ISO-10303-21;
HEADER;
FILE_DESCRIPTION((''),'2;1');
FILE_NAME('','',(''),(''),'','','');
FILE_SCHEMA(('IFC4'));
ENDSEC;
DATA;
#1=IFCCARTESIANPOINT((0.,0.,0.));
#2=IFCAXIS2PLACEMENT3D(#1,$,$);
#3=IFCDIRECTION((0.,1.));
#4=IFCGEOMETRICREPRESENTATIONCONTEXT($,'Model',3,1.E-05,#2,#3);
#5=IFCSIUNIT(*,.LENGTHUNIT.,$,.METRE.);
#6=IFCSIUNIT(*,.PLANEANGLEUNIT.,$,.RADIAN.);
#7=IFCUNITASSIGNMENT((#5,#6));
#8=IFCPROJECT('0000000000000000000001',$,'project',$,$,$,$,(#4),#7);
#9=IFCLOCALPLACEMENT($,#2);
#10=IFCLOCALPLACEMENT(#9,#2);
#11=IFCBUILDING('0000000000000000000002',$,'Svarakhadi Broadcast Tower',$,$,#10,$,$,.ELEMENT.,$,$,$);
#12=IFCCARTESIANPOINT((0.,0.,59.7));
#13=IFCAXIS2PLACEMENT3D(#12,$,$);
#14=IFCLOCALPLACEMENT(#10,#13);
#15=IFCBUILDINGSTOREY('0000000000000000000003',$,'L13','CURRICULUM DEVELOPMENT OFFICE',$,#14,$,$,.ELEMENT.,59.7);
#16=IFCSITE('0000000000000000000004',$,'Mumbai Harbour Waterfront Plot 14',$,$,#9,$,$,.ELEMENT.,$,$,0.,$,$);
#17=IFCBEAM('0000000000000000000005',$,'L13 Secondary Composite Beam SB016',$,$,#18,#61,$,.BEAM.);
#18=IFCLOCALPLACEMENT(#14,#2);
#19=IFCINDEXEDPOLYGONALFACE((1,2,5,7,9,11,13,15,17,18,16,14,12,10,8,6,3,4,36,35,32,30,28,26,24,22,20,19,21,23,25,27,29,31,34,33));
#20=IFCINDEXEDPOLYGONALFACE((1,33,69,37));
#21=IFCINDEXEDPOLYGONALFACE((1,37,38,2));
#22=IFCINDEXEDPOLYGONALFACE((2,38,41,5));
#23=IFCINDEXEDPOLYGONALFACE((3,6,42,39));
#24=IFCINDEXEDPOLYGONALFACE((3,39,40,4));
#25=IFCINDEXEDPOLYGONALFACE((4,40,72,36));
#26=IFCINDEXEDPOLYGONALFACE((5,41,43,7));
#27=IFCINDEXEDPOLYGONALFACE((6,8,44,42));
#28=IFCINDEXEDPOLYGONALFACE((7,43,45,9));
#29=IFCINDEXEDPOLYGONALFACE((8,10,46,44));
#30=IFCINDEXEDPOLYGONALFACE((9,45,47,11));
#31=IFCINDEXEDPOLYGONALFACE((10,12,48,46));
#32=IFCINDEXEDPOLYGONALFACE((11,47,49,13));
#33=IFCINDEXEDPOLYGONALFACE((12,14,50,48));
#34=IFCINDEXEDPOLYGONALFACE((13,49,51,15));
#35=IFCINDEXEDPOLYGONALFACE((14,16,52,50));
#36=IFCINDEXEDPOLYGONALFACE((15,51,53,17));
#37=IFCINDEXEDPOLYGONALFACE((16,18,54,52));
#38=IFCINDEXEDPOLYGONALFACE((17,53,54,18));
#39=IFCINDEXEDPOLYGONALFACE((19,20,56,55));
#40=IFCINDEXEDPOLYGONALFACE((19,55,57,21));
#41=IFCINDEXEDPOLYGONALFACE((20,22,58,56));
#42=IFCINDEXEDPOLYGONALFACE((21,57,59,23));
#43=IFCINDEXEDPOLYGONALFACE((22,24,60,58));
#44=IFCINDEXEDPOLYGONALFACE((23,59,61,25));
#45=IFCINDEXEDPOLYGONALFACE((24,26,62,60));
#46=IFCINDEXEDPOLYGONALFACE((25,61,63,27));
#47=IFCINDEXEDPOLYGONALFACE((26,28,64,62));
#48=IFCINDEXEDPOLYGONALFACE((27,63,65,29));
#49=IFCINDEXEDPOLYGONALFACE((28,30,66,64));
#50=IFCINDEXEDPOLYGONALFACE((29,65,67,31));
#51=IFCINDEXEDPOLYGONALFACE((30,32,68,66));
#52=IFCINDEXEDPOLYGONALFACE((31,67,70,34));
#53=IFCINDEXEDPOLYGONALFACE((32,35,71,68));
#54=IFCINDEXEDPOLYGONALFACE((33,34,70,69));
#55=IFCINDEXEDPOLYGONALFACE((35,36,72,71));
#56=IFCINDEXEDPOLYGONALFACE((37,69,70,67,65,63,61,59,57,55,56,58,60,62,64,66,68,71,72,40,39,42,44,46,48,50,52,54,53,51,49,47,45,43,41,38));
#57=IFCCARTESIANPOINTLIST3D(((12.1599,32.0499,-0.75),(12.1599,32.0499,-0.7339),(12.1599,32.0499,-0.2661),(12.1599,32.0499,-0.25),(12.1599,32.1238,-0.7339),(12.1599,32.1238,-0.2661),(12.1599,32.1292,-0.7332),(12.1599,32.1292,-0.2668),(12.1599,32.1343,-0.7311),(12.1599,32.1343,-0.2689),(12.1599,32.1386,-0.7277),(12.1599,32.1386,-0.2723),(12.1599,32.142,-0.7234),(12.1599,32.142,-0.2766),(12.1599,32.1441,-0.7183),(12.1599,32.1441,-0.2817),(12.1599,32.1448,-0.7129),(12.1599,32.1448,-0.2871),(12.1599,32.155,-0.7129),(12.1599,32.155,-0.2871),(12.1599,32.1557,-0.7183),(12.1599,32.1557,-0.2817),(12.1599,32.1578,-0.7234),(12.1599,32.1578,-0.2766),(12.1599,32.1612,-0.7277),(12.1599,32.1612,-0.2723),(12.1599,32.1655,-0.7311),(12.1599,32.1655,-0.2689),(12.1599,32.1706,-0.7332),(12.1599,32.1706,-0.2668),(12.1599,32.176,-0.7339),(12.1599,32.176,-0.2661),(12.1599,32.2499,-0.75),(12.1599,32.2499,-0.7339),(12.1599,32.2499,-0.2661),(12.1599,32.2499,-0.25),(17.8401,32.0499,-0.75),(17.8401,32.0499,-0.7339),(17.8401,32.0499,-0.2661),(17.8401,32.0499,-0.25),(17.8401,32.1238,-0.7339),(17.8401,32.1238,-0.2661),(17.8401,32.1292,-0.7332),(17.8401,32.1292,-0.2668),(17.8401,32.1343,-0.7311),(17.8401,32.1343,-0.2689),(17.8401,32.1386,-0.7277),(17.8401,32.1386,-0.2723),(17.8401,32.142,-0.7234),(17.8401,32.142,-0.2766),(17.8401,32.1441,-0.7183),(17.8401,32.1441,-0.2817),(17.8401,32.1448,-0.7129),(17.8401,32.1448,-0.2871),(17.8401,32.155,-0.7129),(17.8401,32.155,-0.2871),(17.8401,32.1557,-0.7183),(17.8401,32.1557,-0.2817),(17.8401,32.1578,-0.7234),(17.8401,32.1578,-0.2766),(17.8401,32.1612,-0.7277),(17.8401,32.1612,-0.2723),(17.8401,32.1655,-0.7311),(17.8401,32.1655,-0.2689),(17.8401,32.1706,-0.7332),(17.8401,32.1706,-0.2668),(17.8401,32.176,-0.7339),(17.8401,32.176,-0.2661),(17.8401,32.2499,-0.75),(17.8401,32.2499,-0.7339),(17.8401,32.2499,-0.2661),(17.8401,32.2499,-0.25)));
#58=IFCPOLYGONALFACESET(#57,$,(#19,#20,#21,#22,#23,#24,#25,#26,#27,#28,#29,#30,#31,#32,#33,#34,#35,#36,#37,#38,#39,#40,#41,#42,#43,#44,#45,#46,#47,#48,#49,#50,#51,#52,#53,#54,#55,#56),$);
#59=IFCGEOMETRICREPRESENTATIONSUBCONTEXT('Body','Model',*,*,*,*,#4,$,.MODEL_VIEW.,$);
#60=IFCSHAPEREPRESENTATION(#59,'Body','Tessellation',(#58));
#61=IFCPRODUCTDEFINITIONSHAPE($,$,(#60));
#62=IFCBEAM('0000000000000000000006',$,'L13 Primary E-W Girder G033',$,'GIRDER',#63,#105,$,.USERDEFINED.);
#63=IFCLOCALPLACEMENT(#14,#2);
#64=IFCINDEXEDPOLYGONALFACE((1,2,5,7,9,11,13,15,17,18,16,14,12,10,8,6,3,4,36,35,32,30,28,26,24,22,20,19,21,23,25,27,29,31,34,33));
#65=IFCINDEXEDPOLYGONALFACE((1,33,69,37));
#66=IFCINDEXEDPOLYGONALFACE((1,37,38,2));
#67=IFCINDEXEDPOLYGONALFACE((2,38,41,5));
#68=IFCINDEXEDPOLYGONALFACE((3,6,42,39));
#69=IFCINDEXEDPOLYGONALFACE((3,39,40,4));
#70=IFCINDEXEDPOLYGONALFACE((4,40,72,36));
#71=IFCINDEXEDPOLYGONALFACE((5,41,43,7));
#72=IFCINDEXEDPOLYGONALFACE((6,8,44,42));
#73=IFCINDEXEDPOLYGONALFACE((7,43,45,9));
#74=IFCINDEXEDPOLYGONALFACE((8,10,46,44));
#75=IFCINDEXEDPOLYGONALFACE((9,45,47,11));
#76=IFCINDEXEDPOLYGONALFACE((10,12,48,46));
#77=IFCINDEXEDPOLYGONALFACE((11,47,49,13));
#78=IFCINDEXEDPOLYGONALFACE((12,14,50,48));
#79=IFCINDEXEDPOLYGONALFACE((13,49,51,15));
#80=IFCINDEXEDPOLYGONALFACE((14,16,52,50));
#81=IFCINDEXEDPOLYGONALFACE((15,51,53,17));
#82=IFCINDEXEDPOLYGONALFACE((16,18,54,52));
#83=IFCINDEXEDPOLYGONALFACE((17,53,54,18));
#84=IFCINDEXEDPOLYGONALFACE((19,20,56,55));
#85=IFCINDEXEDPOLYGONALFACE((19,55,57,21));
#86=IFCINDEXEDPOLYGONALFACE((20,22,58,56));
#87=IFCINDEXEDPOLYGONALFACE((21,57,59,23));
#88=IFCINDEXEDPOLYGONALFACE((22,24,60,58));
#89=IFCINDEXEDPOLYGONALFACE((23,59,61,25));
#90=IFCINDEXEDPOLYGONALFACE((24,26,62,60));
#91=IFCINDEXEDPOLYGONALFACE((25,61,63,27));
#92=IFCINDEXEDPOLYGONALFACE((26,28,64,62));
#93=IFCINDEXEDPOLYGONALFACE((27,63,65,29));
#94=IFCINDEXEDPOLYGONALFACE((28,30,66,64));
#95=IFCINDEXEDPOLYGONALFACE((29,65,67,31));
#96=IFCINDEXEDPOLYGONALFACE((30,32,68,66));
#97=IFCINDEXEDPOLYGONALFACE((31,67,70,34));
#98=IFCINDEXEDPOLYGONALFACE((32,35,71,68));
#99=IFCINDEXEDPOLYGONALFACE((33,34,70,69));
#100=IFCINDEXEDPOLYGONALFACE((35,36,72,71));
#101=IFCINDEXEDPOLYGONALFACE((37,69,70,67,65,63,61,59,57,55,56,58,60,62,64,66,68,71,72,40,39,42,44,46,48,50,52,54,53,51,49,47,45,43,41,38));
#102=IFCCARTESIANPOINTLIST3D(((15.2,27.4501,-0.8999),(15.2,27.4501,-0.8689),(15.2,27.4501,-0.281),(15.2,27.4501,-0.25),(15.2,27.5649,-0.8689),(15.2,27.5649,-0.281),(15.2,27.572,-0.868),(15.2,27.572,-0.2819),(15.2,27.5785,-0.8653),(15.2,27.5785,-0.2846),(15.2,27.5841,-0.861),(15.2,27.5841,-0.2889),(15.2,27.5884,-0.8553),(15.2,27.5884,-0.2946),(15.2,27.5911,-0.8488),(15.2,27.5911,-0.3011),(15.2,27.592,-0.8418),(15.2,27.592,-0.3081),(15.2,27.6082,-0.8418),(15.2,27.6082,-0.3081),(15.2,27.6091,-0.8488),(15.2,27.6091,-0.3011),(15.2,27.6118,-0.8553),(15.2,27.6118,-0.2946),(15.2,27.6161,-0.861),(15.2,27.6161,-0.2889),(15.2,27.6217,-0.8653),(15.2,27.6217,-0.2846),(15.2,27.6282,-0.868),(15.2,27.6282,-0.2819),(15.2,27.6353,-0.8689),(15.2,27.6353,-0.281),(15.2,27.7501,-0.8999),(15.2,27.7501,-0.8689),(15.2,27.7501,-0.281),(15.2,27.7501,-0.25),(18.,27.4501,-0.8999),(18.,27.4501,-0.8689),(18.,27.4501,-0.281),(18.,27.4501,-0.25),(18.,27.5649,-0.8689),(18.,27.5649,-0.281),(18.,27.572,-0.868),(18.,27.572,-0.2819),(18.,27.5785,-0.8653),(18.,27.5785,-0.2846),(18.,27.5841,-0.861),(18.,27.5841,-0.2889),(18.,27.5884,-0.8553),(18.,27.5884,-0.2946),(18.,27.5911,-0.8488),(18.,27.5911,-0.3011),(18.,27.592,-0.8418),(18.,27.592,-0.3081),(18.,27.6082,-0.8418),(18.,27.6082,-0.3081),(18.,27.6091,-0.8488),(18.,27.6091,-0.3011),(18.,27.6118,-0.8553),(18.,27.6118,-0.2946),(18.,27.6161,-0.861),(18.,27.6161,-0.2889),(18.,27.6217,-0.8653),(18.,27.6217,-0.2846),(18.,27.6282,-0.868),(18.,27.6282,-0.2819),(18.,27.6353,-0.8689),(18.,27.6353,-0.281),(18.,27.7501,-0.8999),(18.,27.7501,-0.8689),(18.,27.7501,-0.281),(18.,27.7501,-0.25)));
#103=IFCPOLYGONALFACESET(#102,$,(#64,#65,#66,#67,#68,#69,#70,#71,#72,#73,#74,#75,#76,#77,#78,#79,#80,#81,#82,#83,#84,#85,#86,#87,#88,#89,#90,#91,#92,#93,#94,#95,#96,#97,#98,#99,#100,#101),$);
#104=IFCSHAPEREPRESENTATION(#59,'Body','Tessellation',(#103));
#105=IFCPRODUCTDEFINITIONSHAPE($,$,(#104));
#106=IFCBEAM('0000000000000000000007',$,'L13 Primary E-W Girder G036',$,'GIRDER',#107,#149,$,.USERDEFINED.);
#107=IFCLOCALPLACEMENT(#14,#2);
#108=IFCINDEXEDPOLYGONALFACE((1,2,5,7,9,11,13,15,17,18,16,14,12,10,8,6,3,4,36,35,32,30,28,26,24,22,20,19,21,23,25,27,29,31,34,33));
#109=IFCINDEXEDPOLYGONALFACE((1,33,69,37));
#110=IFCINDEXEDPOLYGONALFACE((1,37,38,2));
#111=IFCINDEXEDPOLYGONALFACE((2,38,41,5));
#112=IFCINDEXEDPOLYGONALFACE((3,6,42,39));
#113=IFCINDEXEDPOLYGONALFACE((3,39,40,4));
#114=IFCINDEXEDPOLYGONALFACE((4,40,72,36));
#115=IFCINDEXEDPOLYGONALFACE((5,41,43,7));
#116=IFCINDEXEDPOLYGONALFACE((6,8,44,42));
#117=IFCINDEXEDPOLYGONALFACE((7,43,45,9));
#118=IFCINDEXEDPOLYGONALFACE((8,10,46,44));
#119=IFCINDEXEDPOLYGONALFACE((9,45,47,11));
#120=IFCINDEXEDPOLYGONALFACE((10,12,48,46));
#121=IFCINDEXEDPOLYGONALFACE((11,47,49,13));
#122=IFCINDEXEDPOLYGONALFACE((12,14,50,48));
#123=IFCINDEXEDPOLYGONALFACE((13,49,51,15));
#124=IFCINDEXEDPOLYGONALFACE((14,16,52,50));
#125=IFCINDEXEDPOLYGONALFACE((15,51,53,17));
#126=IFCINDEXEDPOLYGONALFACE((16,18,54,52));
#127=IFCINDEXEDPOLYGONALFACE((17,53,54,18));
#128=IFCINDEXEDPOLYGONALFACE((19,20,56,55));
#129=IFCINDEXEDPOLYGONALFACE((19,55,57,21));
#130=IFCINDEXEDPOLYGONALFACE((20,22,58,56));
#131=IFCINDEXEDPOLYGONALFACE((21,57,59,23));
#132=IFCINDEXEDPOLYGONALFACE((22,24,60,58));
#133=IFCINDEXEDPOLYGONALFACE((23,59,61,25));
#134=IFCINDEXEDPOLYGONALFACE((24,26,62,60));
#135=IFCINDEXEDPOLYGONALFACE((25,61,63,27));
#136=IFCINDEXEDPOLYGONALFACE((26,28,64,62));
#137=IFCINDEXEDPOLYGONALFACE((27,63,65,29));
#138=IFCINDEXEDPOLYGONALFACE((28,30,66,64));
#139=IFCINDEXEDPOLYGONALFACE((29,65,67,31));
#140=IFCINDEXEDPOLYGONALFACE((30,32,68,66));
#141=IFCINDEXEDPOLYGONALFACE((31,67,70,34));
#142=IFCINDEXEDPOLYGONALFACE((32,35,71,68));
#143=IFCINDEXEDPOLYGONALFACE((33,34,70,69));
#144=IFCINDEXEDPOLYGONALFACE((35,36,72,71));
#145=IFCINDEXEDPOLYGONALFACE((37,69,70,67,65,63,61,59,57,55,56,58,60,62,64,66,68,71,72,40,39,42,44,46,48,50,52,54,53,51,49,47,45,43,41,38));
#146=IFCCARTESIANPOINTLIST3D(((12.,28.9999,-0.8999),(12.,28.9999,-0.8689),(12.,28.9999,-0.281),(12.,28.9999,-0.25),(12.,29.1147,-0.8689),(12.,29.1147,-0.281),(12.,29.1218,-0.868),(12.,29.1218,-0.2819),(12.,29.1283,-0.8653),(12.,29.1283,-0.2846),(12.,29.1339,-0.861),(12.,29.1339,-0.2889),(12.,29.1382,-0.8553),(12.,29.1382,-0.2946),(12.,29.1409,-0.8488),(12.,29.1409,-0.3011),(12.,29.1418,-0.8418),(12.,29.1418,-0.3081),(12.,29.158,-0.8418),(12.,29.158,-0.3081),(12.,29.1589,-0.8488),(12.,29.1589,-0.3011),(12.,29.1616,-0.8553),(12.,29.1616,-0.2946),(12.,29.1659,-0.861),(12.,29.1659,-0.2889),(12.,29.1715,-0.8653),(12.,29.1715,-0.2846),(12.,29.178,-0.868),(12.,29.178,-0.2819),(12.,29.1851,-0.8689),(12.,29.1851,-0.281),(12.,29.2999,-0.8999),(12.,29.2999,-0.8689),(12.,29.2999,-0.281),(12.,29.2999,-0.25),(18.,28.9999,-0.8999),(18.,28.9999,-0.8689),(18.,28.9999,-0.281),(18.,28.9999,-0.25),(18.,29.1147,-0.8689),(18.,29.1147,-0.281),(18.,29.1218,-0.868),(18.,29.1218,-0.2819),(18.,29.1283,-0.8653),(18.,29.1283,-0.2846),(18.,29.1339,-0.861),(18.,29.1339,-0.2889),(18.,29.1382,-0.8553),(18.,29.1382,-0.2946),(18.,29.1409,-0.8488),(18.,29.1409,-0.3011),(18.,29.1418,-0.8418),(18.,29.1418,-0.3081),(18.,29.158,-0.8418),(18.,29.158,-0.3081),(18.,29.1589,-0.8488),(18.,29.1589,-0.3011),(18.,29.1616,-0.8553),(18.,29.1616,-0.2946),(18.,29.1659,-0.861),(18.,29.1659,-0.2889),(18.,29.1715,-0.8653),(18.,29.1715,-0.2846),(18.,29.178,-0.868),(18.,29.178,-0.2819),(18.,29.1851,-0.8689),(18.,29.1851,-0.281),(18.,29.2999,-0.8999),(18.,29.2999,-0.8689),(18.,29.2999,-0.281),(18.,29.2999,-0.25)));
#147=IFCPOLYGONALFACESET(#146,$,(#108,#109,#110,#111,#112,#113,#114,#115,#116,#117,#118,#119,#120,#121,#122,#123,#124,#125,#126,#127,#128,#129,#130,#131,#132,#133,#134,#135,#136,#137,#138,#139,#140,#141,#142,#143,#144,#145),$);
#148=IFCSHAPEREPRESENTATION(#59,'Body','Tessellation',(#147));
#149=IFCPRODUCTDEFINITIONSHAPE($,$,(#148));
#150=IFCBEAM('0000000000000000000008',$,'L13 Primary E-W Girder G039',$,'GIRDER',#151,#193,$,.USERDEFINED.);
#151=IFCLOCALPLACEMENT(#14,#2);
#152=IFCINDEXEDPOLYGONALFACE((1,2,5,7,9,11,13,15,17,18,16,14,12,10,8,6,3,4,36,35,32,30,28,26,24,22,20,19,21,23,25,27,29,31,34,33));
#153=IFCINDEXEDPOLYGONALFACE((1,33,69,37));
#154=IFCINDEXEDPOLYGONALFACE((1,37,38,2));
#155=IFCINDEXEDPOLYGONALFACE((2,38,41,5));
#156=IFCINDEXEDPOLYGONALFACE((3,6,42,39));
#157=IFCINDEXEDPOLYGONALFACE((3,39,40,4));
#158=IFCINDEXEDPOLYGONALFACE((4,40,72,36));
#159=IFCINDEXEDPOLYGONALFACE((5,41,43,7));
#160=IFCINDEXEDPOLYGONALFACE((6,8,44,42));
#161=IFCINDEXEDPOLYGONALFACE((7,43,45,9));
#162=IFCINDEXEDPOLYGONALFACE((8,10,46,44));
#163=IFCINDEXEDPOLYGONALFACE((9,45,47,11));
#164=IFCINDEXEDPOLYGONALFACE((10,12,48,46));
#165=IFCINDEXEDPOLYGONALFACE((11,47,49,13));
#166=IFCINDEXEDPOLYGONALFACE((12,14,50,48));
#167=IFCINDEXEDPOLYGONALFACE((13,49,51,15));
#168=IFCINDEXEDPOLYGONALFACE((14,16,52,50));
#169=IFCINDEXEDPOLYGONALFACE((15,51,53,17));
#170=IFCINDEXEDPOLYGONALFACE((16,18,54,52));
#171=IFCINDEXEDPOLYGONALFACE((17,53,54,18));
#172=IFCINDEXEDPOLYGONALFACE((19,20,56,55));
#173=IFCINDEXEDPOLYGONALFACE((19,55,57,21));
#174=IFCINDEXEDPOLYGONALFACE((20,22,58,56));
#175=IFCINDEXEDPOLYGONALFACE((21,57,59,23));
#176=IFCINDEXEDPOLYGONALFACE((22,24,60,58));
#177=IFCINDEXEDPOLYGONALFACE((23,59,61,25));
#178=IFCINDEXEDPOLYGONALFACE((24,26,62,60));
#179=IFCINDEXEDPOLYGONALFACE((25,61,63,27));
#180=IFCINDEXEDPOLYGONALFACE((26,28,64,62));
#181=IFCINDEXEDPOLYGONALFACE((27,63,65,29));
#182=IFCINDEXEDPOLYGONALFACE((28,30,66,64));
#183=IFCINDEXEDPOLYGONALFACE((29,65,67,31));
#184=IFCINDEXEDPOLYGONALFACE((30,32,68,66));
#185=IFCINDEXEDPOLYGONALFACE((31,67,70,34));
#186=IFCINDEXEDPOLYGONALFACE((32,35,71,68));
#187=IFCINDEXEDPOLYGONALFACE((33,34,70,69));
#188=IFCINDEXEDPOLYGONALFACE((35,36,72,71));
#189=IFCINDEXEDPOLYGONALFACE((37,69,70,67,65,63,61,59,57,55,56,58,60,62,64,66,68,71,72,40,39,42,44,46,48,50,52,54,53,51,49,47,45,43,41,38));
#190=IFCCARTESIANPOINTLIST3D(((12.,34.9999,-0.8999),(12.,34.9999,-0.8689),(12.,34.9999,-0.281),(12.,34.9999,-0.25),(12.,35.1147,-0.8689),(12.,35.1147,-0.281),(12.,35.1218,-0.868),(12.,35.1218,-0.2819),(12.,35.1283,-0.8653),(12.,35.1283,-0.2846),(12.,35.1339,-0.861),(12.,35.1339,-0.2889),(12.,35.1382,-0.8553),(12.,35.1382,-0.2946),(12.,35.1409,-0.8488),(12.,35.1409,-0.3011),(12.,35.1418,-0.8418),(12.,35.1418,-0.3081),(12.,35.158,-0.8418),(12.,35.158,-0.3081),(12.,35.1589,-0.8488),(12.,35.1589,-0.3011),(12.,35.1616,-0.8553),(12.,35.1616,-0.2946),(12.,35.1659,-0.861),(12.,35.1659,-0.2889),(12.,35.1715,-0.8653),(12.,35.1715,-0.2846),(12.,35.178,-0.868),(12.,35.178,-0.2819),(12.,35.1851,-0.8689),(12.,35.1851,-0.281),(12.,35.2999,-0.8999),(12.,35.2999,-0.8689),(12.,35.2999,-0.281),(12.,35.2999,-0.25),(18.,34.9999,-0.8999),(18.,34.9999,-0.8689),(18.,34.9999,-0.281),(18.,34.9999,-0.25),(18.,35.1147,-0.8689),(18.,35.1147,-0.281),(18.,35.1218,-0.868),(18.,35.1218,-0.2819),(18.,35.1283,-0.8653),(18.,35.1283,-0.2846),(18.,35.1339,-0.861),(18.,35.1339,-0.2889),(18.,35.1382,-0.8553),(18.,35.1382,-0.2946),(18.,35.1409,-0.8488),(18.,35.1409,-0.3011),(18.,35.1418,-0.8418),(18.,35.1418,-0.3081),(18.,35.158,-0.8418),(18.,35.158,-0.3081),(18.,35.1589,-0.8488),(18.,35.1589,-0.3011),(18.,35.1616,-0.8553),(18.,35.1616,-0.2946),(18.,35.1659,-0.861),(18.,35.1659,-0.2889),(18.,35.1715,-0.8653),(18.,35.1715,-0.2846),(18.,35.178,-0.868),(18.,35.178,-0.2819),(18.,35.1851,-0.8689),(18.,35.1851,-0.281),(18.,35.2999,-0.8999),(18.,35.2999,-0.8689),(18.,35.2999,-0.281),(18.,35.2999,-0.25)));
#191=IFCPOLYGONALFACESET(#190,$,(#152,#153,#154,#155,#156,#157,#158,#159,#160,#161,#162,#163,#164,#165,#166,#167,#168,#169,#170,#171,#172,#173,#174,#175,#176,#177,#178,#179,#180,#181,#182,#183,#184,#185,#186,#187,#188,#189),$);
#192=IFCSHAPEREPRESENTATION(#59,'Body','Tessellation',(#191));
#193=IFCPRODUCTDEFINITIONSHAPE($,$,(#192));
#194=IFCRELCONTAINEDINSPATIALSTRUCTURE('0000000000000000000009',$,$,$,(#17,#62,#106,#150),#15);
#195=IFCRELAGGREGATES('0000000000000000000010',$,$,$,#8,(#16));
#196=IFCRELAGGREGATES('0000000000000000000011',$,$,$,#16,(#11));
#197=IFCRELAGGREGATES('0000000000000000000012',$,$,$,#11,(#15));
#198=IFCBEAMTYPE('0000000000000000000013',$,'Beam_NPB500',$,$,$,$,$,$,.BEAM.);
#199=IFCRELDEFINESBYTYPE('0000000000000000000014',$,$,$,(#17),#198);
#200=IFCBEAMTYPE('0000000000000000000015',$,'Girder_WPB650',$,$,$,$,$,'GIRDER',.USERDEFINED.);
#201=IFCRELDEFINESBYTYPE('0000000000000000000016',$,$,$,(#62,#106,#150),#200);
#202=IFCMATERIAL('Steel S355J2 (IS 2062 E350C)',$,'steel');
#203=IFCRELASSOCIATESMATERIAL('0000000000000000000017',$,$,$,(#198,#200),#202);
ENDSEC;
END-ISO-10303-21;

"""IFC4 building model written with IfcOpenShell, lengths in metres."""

from ifc_helpers import new_model, si_unit, direction, frame, origin, origin_2d, place, context, subcontext, project, spatial, i_section, extrude, material, material_profile, profile_set, type_object, element, save


model = new_model("IFC4")

# Units and contexts
model_context = context("Model", 3, precision=1e-05, world=origin(), true_north=direction((0.0, 1.0)))
body_context = subcontext(model_context, "Body", "Model", "MODEL_VIEW")
ifc_project = project(units=[si_unit("LENGTHUNIT", "METRE"), si_unit("PLANEANGLEUNIT", "RADIAN")], contexts=[model_context])

# Site, building, storey
site_placement = place(None, origin())
site = spatial("IfcSite", under=ifc_project, at=site_placement, Name="Mumbai Harbour Waterfront Plot 14", CompositionType="ELEMENT", RefElevation=0.0)
building_placement = place(site_placement, origin())
building = spatial("IfcBuilding", under=site, at=building_placement, Name="Svarakhadi Broadcast Tower", CompositionType="ELEMENT")
storey_placement = place(building_placement, frame((0.0, 0.0, 59.7)))
storey = spatial("IfcBuildingStorey", under=building, at=storey_placement, Name="L13", Description="CURRICULUM DEVELOPMENT OFFICE", CompositionType="ELEMENT", Elevation=59.7)

# Beams
ifc_material_1 = material(Name="Steel S355J2 (IS 2062 E350C)", Category="steel")
ifc_material_profile_1 = material_profile(ifc_material_1, i_section(OverallWidth=0.2, OverallDepth=0.5, WebThickness=0.0103, FlangeThickness=0.0161, FilletRadius=0.021, at=origin_2d()), Name="NPB 500x200x91")
ifc_profile_set_1 = profile_set([ifc_material_profile_1], Name="Steel S355J2 (IS 2062 E350C)")
beam_type_1 = type_object("IfcBeamType", Name="Beam_NPB500", PredefinedType="BEAM", material=ifc_profile_set_1)
beam_1_placement = place(storey_placement, frame((12.1599, 32.1499, -0.5), z_axis=(1.0, 0.0, 0.0), x_axis=(0.0, 1.0, 0.0)))
element("IfcBeam", 1, at=beam_1_placement, inside=storey, type_object=beam_type_1, Name="L13 Secondary Composite Beam SB016", PredefinedType="BEAM", context=body_context, shape_type="SweptSolid", body=[
    extrude(i_section(OverallWidth=0.2, OverallDepth=0.5, WebThickness=0.0103, FlangeThickness=0.0161, FilletRadius=0.021, at=origin_2d()), origin(), (0.0, 0.0, 1.0), 5.6802),
])
ifc_material_profile_2 = material_profile(ifc_material_1, i_section(OverallWidth=0.3, OverallDepth=0.6499, WebThickness=0.0161, FlangeThickness=0.031, FilletRadius=0.0271, at=origin_2d()), Name="WPB 650x300x225")
ifc_profile_set_2 = profile_set([ifc_material_profile_2], Name="Steel S355J2 (IS 2062 E350C)")
beam_type_2 = type_object("IfcBeamType", Name="Girder_WPB650", ElementType="GIRDER", PredefinedType="USERDEFINED", material=ifc_profile_set_2)
beam_2_placement = place(storey_placement, frame((15.2, 27.6001, -0.575), z_axis=(1.0, 0.0, 0.0), x_axis=(0.0, 1.0, 0.0)))
element("IfcBeam", 2, at=beam_2_placement, inside=storey, type_object=beam_type_2, Name="L13 Primary E-W Girder G033", ObjectType="GIRDER", PredefinedType="USERDEFINED", context=body_context, shape_type="SweptSolid", body=[
    extrude(i_section(OverallWidth=0.3, OverallDepth=0.6499, WebThickness=0.0161, FlangeThickness=0.031, FilletRadius=0.0271, at=origin_2d()), origin(), (0.0, 0.0, 1.0), 2.8),
])
for number, where, z_axis, x_axis, name in (
    (3, (12.0, 29.1499, -0.575), (1.0, 0.0, 0.0), (0.0, 1.0, 0.0), "L13 Primary E-W Girder G036"),
    (4, (12.0, 35.1499, -0.575), (1.0, 0.0, 0.0), (0.0, 1.0, 0.0), "L13 Primary E-W Girder G039"),
):
    element("IfcBeam", number, at=place(storey_placement, frame(where, z_axis=z_axis, x_axis=x_axis)), inside=storey, type_object=beam_type_2, Name=name, ObjectType="GIRDER", PredefinedType="USERDEFINED", context=body_context, shape_type="SweptSolid", body=[
        extrude(i_section(OverallWidth=0.3, OverallDepth=0.6499, WebThickness=0.0161, FlangeThickness=0.031, FilletRadius=0.0271, at=origin_2d()), origin(), (0.0, 0.0, 1.0), 6.0),
    ])

save(model, "model.ifc")
